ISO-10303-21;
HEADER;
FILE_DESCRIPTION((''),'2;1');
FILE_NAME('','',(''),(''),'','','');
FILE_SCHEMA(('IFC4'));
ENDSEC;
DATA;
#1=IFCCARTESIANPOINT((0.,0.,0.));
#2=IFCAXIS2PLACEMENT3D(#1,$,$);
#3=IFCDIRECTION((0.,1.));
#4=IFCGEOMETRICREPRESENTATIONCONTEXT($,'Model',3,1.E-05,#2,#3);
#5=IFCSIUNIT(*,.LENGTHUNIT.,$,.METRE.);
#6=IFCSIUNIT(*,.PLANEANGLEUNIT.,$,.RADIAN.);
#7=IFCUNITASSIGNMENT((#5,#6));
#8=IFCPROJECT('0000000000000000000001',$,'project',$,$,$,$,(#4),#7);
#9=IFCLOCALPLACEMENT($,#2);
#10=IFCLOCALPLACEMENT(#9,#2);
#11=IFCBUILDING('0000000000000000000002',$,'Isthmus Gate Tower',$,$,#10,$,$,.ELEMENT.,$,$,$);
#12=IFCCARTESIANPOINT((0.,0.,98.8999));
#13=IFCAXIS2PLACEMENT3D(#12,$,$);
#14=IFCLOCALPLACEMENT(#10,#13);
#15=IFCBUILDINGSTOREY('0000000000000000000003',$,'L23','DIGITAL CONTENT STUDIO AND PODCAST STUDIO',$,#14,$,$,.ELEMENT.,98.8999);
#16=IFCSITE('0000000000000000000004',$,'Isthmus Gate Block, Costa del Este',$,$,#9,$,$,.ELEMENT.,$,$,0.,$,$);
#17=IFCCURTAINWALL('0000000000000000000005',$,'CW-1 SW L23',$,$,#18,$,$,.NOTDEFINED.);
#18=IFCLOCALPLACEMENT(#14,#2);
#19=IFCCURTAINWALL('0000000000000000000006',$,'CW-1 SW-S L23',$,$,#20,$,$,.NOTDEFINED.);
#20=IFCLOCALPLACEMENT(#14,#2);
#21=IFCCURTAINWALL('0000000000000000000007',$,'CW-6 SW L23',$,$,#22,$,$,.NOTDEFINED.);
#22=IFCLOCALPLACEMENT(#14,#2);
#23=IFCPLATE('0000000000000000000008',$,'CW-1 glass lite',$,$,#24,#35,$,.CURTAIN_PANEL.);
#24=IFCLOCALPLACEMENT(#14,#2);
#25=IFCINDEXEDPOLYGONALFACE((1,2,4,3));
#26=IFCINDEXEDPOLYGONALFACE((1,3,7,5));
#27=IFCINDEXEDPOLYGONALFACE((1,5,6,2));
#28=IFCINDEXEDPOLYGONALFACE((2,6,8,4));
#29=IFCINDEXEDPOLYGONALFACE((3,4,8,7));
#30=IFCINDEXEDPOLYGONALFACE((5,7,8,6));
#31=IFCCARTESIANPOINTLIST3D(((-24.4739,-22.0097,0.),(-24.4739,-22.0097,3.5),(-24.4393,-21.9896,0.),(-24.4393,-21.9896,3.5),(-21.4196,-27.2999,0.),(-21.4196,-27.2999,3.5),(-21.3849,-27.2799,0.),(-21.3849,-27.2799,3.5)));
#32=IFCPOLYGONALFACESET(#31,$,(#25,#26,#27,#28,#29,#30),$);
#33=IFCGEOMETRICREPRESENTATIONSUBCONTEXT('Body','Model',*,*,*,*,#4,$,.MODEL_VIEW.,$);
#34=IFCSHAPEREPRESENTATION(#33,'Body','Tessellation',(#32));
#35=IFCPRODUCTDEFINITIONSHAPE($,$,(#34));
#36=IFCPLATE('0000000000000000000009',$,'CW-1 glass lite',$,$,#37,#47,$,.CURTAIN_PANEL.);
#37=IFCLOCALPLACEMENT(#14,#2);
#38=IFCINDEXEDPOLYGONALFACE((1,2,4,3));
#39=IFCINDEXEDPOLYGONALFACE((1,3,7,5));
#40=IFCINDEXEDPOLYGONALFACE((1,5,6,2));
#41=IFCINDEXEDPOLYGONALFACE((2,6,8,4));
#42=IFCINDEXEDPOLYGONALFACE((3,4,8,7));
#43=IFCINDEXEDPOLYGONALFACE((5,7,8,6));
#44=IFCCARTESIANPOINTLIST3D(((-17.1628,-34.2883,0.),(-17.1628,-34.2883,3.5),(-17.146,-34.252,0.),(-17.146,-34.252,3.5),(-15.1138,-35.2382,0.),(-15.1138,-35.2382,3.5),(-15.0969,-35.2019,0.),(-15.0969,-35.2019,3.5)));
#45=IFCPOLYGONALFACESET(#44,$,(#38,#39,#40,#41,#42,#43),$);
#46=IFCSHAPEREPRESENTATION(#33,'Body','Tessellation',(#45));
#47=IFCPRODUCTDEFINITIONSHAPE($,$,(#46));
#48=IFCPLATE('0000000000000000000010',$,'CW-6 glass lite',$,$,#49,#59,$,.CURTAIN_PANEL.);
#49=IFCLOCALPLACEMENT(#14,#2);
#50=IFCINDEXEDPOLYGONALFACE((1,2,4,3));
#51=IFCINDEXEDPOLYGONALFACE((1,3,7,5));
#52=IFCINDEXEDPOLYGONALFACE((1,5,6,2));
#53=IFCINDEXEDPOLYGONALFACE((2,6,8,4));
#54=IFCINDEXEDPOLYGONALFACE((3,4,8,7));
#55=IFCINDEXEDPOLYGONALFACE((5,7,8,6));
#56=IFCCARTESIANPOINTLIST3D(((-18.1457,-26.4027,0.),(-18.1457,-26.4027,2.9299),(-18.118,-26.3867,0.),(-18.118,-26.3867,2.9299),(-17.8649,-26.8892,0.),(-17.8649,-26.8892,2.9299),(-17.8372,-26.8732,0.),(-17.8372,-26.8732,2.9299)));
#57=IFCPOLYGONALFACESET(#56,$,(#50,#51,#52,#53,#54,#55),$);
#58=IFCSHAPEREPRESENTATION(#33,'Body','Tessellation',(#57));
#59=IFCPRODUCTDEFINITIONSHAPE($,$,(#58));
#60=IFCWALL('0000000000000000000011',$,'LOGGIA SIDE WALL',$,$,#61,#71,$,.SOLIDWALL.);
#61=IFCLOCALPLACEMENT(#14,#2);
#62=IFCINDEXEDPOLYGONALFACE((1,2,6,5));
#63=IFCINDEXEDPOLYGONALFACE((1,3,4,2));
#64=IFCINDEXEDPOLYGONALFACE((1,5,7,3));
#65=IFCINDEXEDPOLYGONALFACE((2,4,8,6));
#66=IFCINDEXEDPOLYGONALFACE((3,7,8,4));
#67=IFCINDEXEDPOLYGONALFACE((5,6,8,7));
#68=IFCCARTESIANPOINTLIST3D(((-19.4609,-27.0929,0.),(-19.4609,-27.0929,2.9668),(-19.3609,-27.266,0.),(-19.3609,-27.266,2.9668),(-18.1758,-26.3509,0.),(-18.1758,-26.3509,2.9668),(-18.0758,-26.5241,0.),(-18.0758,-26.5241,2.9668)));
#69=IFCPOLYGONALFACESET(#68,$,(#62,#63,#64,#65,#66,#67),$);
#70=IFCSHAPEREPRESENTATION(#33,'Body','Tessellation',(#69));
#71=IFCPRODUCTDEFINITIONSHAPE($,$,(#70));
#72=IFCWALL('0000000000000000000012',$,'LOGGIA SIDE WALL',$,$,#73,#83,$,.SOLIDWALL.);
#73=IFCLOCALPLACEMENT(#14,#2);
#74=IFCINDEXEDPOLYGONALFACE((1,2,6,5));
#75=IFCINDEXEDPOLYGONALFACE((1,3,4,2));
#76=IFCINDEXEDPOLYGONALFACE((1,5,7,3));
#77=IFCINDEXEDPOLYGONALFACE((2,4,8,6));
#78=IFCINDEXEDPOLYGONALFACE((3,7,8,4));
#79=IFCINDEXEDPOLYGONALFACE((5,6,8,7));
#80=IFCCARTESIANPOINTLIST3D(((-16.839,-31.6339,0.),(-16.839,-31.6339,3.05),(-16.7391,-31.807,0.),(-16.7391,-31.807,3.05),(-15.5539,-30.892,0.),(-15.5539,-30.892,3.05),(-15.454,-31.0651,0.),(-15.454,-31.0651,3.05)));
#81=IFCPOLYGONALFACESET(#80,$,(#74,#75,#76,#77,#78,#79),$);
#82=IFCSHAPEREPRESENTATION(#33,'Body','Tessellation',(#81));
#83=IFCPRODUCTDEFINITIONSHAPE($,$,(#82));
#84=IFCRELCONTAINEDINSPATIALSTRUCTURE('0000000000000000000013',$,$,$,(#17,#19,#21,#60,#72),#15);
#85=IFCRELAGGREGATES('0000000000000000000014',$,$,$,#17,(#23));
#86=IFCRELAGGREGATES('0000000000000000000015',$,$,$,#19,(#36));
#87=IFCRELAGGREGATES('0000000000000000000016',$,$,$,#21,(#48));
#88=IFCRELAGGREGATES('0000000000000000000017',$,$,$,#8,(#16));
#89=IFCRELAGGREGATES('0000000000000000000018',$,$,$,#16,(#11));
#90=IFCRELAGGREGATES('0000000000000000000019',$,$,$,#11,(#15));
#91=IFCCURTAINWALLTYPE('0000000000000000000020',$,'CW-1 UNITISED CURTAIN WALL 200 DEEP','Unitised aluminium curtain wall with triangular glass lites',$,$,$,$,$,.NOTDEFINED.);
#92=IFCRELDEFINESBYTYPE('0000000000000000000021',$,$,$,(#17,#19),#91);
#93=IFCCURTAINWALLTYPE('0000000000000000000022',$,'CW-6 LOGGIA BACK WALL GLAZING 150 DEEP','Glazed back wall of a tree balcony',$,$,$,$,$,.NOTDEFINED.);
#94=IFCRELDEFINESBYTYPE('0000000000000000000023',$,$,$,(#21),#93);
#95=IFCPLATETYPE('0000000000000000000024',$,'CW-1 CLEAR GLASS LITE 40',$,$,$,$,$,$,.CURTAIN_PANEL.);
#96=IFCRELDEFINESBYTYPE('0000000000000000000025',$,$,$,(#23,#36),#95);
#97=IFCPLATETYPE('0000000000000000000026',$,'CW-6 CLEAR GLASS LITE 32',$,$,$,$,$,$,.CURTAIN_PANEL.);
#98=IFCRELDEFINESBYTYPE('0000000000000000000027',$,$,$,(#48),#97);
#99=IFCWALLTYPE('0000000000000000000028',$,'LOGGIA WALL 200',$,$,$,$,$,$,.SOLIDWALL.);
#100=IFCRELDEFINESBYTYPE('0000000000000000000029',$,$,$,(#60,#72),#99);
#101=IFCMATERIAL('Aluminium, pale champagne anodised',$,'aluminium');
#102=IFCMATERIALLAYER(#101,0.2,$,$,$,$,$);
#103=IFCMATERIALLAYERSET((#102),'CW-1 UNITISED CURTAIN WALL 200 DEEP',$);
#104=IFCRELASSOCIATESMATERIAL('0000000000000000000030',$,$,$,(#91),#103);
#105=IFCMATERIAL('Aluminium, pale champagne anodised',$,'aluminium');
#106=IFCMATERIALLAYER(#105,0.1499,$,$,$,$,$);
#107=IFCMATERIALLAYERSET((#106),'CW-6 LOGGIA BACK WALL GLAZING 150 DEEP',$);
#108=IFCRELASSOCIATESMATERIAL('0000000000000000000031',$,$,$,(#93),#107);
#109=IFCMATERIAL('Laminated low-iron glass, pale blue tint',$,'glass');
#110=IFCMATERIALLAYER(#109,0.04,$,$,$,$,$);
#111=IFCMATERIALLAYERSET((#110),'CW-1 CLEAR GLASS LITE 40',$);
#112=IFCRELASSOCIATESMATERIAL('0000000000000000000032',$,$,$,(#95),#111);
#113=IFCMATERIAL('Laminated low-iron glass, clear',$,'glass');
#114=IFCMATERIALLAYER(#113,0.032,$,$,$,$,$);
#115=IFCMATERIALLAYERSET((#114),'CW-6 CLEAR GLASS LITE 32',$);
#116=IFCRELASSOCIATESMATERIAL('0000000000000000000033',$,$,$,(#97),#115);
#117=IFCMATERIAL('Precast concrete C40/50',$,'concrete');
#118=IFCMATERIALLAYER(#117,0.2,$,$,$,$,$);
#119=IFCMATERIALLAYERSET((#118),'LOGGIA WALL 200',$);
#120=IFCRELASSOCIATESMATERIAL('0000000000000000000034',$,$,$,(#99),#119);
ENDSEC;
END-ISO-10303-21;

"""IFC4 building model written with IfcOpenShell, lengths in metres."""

from ifc_helpers import new_model, si_unit, direction, frame, frame_2d, origin, origin_2d, place, context, subcontext, project, spatial, rectangle, extrude, material, layer, layer_set, type_object, element, aggregate, save


model = new_model("IFC4")

# Units and contexts
model_context = context("Model", 3, precision=1e-05, world=origin(), true_north=direction((0.0, 1.0)))
body_context = subcontext(model_context, "Body", "Model", "MODEL_VIEW")
ifc_project = project(units=[si_unit("LENGTHUNIT", "METRE"), si_unit("PLANEANGLEUNIT", "RADIAN")], contexts=[model_context])

# Site, building, storey
site_placement = place(None, origin())
site = spatial("IfcSite", under=ifc_project, at=site_placement, Name="Isthmus Gate Block, Costa del Este", CompositionType="ELEMENT", RefElevation=0.0)
building_placement = place(site_placement, origin())
building = spatial("IfcBuilding", under=site, at=building_placement, Name="Isthmus Gate Tower", CompositionType="ELEMENT")
storey_placement = place(building_placement, frame((0.0, 0.0, 98.8999)))
storey = spatial("IfcBuildingStorey", under=building, at=storey_placement, Name="L23", Description="DIGITAL CONTENT STUDIO AND PODCAST STUDIO", CompositionType="ELEMENT", Elevation=98.8999)

# Curtain walls
ifc_material_1 = material(Name="Aluminium, pale champagne anodised", Category="aluminium")
ifc_layer_1 = layer(ifc_material_1, 0.2)
ifc_layer_set_1 = layer_set([ifc_layer_1], Name="CW-1 UNITISED CURTAIN WALL 200 DEEP")
curtain_wall_type_1 = type_object("IfcCurtainWallType", Name="CW-1 UNITISED CURTAIN WALL 200 DEEP", Description="Unitised aluminium curtain wall with triangular glass lites", PredefinedType="NOTDEFINED", material=ifc_layer_set_1)
curtain_wall_1_placement = place(storey_placement, origin())
curtain_wall_1 = element("IfcCurtainWall", 1, at=curtain_wall_1_placement, inside=storey, type_object=curtain_wall_type_1, Name="CW-1 SW L23", PredefinedType="NOTDEFINED")
curtain_wall_2_placement = place(storey_placement, origin())
curtain_wall_2 = element("IfcCurtainWall", 2, at=curtain_wall_2_placement, inside=storey, type_object=curtain_wall_type_1, Name="CW-1 SW-S L23", PredefinedType="NOTDEFINED")

# Curtain wall
ifc_material_2 = material(Name="Aluminium, pale champagne anodised", Category="aluminium")
ifc_layer_2 = layer(ifc_material_2, 0.1499)
ifc_layer_set_2 = layer_set([ifc_layer_2], Name="CW-6 LOGGIA BACK WALL GLAZING 150 DEEP")
curtain_wall_type_2 = type_object("IfcCurtainWallType", Name="CW-6 LOGGIA BACK WALL GLAZING 150 DEEP", Description="Glazed back wall of a tree balcony", PredefinedType="NOTDEFINED", material=ifc_layer_set_2)
curtain_wall_3_placement = place(storey_placement, origin())
curtain_wall_3 = element("IfcCurtainWall", 3, at=curtain_wall_3_placement, inside=storey, type_object=curtain_wall_type_2, Name="CW-6 SW L23", PredefinedType="NOTDEFINED")

# Plates
ifc_material_3 = material(Name="Laminated low-iron glass, pale blue tint", Category="glass")
ifc_layer_3 = layer(ifc_material_3, 0.04)
ifc_layer_set_3 = layer_set([ifc_layer_3], Name="CW-1 CLEAR GLASS LITE 40")
plate_type_1 = type_object("IfcPlateType", Name="CW-1 CLEAR GLASS LITE 40", PredefinedType="CURTAIN_PANEL", material=ifc_layer_set_3)
plate_1_placement = place(storey_placement, frame((-22.9294, -24.6448, 0.0), z_axis=(0.0, 0.0, 1.0), x_axis=(0.5, -0.866025, 0.0)))
plate_1 = element("IfcPlate", 4, at=plate_1_placement, type_object=plate_type_1, Name="CW-1 glass lite", PredefinedType="CURTAIN_PANEL", context=body_context, shape_type="SweptSolid", body=[
    extrude(rectangle(XDim=6.1086, YDim=0.04, at=origin_2d()), origin(), (0.0, 0.0, 1.0), 3.5),
])
aggregate(curtain_wall_1, [plate_1])
plate_2_placement = place(storey_placement, frame((-16.1299, -34.7451, 0.0), z_axis=(0.0, 0.0, 1.0), x_axis=(0.907256, -0.420578, 0.0)))
plate_2 = element("IfcPlate", 5, at=plate_2_placement, type_object=plate_type_1, Name="CW-1 glass lite", PredefinedType="CURTAIN_PANEL", context=body_context, shape_type="SweptSolid", body=[
    extrude(rectangle(XDim=2.2585, YDim=0.04, at=origin_2d()), origin(), (0.0, 0.0, 1.0), 3.5),
])
aggregate(curtain_wall_2, [plate_2])
ifc_material_4 = material(Name="Laminated low-iron glass, clear", Category="glass")
ifc_layer_4 = layer(ifc_material_4, 0.032)
ifc_layer_set_4 = layer_set([ifc_layer_4], Name="CW-6 CLEAR GLASS LITE 32")
plate_type_2 = type_object("IfcPlateType", Name="CW-6 CLEAR GLASS LITE 32", PredefinedType="CURTAIN_PANEL", material=ifc_layer_set_4)
plate_3_placement = place(storey_placement, frame((-17.9915, -26.6379, 0.0), z_axis=(0.0, 0.0, 1.0), x_axis=(0.5, -0.866025, 0.0)))
plate_3 = element("IfcPlate", 6, at=plate_3_placement, type_object=plate_type_2, Name="CW-6 glass lite", PredefinedType="CURTAIN_PANEL", context=body_context, shape_type="SweptSolid", body=[
    extrude(rectangle(XDim=0.5618, YDim=0.032, at=origin_2d()), origin(), (0.0, 0.0, 1.0), 2.9299),
])
aggregate(curtain_wall_3, [plate_3])

# Shared definitions
ifc_material_5 = material(Name="Precast concrete C40/50", Category="concrete")
ifc_layer_5 = layer(ifc_material_5, 0.2)
ifc_layer_set_5 = layer_set([ifc_layer_5], Name="LOGGIA WALL 200")
wall_type = type_object("IfcWallType", Name="LOGGIA WALL 200", PredefinedType="SOLIDWALL", material=ifc_layer_set_5)

# Walls
wall_1_placement = place(storey_placement, frame((-19.4109, -27.1794, 0.0), z_axis=(0.0, 0.0, 1.0), x_axis=(0.866038, 0.499979, 0.0)))
element("IfcWall", 7, at=wall_1_placement, inside=storey, type_object=wall_type, Name="LOGGIA SIDE WALL", PredefinedType="SOLIDWALL", context=body_context, shape_type="SweptSolid", body=[
    extrude(rectangle(XDim=1.4839, YDim=0.2, at=frame_2d((0.7419, 0.0))), origin(), (0.0, 0.0, 1.0), 2.9668),
])
wall_2_placement = place(storey_placement, frame((-16.7891, -31.7205, 0.0), z_axis=(0.0, 0.0, 1.0), x_axis=(0.866038, 0.499979, 0.0)))
element("IfcWall", 8, at=wall_2_placement, inside=storey, type_object=wall_type, Name="LOGGIA SIDE WALL", PredefinedType="SOLIDWALL", context=body_context, shape_type="SweptSolid", body=[
    extrude(rectangle(XDim=1.4839, YDim=0.2, at=frame_2d((0.7419, 0.0))), origin(), (0.0, 0.0, 1.0), 3.05),
])

save(model, "model.ifc")
